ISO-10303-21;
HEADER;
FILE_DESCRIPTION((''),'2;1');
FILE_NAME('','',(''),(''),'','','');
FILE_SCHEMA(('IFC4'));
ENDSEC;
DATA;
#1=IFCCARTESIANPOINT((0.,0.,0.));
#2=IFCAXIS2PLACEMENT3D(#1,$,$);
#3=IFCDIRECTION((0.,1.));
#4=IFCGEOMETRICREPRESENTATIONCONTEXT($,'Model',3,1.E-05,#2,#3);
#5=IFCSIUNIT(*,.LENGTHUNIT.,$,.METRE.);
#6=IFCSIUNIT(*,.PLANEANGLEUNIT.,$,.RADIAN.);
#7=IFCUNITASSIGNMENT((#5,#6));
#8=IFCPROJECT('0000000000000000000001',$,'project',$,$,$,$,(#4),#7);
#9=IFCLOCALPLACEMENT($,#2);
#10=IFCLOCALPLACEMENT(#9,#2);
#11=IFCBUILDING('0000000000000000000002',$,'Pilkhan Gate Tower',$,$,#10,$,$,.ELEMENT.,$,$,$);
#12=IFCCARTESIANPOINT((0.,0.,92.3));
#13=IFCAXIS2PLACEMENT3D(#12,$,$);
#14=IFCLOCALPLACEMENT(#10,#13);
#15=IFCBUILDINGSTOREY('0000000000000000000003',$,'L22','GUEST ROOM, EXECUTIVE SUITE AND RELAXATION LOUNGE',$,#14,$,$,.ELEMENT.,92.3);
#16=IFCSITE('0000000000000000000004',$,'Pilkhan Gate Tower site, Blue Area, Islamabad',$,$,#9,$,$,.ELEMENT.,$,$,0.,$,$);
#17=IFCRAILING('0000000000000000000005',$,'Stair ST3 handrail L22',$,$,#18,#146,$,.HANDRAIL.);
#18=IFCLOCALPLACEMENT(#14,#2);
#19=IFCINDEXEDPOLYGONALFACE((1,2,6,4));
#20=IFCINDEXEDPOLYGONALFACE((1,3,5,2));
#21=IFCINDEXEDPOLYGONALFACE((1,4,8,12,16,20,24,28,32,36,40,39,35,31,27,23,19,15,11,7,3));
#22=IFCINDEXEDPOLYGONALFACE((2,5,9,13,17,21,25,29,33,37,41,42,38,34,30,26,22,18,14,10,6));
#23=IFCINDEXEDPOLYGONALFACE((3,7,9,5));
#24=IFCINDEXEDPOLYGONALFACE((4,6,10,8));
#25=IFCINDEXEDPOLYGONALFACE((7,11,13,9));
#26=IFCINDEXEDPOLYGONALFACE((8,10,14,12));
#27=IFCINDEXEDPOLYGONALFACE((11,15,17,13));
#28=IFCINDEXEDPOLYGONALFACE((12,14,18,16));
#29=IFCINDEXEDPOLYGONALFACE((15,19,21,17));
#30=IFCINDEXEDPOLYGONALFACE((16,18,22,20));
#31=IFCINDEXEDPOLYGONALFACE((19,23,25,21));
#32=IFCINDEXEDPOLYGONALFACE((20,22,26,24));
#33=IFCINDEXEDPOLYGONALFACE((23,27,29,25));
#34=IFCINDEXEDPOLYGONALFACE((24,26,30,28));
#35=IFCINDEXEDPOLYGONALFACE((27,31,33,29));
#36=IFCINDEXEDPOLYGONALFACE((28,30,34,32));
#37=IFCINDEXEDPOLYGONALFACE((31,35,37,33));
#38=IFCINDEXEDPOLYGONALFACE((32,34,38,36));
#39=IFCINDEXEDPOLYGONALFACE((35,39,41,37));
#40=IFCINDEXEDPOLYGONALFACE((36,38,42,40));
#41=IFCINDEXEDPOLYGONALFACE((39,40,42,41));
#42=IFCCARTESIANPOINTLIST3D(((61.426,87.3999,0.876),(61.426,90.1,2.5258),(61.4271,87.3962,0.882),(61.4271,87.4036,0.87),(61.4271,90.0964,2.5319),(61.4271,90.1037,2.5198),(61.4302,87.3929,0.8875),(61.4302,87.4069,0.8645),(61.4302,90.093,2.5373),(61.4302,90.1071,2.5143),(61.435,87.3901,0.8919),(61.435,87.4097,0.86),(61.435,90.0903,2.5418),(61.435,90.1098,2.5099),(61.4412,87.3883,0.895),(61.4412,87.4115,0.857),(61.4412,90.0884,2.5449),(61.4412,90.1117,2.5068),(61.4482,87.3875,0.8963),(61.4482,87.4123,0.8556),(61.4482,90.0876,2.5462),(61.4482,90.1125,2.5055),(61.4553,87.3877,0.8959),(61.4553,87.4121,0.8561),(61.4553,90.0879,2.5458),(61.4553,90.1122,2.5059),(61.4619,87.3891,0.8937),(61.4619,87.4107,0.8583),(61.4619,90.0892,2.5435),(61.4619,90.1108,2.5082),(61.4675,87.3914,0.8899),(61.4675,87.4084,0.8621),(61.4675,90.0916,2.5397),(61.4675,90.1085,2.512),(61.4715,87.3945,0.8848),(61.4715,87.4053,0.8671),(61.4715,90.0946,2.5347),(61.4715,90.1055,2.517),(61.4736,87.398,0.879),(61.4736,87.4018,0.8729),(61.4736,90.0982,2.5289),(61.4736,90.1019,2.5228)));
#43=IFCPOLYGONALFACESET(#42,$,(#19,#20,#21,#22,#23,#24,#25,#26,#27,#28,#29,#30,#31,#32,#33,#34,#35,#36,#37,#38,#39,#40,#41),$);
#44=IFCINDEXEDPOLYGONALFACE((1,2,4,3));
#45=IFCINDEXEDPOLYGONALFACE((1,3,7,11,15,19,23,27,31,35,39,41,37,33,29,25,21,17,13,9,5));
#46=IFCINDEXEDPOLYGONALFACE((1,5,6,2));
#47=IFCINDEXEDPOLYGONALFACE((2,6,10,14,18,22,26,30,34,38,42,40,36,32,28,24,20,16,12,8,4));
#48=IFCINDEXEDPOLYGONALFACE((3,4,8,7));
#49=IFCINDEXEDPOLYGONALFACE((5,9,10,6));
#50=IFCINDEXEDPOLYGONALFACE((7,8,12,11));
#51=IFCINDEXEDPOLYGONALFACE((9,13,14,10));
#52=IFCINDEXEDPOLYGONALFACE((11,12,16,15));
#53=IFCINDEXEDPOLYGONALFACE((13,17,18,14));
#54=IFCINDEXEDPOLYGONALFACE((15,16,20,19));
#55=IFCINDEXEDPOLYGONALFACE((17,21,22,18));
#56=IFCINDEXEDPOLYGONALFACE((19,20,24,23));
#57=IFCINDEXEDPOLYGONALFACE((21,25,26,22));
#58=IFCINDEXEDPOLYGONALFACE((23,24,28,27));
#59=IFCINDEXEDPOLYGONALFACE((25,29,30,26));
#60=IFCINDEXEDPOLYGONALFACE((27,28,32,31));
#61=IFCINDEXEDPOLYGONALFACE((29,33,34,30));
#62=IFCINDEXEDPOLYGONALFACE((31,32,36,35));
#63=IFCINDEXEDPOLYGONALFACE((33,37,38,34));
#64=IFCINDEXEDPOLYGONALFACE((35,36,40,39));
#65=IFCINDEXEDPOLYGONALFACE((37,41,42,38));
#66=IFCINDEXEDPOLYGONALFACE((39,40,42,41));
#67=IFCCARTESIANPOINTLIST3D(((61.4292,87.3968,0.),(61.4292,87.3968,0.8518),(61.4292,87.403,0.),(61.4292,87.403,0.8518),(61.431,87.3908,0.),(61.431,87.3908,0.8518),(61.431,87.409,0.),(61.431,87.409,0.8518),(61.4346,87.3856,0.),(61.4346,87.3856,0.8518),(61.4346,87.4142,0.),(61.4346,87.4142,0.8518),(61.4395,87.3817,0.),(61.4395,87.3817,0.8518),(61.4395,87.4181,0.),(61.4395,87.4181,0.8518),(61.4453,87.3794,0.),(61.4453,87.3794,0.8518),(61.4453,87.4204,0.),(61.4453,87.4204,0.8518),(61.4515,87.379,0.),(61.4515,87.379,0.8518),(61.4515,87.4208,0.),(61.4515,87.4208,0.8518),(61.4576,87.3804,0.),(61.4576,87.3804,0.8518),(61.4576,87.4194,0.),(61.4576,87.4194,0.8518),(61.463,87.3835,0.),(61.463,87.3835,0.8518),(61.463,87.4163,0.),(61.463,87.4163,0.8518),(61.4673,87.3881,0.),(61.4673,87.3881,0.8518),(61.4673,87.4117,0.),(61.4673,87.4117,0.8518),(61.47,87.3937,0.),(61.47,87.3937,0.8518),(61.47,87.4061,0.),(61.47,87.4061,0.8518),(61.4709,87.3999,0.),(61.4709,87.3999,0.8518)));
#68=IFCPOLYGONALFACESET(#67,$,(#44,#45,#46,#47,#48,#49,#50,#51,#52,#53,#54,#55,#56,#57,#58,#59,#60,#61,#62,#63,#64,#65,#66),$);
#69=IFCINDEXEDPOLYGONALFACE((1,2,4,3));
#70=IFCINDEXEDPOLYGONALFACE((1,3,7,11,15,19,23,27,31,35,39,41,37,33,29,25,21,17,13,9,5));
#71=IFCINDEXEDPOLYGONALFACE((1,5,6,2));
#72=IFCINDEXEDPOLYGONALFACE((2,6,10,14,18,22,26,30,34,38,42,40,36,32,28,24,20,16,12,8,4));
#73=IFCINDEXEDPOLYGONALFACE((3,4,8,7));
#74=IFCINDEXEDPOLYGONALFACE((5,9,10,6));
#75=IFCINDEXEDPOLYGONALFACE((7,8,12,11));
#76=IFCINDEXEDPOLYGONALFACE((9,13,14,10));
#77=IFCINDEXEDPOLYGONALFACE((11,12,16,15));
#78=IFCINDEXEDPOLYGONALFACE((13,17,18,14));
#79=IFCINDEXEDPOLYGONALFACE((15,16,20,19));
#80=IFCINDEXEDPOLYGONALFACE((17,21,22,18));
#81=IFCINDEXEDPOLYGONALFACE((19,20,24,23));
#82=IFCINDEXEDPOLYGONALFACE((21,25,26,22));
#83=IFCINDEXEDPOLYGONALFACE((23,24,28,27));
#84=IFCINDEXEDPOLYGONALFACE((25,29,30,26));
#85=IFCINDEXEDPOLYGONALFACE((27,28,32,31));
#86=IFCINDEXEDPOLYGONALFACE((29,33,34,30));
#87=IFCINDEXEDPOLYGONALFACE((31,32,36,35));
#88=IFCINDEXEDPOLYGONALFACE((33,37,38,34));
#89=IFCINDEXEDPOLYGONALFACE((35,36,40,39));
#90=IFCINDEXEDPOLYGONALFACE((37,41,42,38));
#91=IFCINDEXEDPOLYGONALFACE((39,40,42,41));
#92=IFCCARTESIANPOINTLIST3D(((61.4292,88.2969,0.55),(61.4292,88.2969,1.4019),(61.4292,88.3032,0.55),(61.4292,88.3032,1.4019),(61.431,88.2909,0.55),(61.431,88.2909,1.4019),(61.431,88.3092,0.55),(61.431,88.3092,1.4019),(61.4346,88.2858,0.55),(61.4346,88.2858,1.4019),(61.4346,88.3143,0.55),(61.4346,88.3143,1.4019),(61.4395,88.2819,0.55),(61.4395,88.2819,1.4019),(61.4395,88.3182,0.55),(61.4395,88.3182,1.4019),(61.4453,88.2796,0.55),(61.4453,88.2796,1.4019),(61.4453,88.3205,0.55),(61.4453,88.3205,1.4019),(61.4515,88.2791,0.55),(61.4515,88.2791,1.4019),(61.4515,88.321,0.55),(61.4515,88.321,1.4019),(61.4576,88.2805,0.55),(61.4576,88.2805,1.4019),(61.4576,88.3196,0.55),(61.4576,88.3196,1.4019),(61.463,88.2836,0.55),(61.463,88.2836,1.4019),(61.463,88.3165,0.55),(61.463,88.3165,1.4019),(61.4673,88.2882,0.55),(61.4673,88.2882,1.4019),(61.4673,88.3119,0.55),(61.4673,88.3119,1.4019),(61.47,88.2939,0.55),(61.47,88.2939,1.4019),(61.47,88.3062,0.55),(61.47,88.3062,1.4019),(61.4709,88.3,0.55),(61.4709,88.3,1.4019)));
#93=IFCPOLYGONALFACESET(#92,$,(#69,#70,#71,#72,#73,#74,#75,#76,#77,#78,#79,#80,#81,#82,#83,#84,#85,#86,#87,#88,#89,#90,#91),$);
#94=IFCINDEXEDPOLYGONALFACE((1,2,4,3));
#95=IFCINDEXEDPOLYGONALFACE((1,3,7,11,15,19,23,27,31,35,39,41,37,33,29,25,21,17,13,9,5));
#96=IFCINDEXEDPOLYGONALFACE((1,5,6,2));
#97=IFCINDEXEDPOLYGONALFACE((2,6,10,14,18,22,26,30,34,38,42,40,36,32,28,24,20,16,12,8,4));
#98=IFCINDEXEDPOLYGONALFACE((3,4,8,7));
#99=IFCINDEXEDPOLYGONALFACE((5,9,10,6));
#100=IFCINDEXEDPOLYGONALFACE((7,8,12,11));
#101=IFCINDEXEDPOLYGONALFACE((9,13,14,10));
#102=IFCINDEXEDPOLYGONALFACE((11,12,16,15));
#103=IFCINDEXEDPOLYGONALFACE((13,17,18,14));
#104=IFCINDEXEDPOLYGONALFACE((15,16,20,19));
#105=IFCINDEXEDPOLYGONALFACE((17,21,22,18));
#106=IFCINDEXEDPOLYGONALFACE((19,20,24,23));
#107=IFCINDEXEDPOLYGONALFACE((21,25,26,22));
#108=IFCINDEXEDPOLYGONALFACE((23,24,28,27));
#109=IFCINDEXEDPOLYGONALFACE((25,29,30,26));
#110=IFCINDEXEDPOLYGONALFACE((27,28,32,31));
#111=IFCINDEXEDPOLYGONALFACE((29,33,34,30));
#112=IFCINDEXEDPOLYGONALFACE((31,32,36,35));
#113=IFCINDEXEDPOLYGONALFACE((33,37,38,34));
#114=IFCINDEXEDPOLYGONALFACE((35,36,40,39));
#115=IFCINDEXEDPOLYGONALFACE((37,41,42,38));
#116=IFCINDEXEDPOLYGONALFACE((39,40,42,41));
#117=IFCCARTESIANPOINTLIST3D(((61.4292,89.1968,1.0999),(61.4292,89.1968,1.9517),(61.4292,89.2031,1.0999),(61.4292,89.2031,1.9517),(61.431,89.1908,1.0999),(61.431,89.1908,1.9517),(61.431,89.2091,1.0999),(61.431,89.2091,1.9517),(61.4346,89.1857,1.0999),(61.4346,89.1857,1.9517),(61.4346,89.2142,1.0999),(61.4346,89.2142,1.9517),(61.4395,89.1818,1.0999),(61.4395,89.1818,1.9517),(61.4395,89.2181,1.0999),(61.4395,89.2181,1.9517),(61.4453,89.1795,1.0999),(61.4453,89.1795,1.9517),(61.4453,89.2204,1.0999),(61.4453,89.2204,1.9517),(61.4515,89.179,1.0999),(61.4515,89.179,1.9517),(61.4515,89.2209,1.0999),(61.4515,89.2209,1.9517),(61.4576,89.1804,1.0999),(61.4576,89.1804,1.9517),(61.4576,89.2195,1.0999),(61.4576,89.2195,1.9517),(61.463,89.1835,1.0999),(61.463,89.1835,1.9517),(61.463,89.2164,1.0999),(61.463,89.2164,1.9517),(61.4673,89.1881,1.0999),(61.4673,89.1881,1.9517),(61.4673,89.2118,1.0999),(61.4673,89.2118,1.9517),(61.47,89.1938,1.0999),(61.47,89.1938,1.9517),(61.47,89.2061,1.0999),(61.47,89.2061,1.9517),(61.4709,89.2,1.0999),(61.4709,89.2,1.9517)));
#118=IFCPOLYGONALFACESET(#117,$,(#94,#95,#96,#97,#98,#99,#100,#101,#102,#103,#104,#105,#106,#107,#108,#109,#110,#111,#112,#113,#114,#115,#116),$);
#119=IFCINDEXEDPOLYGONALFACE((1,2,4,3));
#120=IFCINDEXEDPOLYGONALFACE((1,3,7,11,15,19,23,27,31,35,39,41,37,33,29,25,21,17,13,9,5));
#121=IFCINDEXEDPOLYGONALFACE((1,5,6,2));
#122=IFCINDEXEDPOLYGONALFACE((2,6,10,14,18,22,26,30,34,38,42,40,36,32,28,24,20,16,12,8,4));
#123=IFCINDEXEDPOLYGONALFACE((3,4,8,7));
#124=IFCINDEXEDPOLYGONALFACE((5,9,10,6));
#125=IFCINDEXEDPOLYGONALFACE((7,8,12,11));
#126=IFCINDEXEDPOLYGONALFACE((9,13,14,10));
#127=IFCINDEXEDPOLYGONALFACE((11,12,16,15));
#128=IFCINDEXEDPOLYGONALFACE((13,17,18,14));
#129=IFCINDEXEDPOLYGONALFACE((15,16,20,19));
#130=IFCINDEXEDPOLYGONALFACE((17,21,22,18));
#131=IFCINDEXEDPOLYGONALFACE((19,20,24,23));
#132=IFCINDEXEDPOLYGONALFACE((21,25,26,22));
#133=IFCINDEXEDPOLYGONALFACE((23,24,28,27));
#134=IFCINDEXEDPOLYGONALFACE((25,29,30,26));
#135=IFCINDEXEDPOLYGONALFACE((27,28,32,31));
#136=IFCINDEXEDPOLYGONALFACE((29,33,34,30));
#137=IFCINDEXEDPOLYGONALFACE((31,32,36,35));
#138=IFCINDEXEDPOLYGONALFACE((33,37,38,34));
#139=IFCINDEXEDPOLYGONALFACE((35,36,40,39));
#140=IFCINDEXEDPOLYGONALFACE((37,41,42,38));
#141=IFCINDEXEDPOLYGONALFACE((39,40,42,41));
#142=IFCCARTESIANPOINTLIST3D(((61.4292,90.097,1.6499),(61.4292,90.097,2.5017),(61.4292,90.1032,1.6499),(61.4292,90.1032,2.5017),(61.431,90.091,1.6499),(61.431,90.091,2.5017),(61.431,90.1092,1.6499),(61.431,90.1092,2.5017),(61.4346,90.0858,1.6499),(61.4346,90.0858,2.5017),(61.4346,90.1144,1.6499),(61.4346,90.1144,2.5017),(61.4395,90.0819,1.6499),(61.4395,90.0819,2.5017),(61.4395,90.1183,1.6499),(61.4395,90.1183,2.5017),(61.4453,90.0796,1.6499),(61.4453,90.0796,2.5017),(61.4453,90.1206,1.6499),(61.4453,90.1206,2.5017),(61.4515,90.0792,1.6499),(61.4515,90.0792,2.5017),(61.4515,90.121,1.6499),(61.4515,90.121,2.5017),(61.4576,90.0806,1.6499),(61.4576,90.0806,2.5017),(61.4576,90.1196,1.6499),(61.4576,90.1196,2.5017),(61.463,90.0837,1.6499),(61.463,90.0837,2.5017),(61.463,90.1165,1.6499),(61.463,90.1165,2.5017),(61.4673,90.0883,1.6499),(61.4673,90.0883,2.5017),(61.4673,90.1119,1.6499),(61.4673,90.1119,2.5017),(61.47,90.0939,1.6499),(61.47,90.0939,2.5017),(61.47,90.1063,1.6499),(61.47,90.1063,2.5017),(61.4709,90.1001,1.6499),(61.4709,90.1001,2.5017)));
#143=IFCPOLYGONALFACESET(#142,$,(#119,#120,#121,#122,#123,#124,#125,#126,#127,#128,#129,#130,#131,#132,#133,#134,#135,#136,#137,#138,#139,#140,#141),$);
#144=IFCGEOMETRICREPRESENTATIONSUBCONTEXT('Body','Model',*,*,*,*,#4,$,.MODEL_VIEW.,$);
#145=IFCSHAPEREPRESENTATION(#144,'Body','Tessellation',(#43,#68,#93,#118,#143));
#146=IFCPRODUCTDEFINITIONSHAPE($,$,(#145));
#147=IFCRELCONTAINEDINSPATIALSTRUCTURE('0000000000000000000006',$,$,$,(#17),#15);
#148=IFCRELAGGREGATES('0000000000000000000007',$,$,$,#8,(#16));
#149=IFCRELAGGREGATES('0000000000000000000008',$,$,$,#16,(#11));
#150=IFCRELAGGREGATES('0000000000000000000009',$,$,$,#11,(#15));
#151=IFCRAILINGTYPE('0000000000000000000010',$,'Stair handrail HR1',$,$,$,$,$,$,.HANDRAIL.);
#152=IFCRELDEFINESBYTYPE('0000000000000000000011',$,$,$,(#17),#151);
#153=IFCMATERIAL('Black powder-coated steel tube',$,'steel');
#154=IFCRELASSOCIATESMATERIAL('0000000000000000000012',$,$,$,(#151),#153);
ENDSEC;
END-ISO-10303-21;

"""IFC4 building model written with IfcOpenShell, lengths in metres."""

from ifc_helpers import new_model, si_unit, direction, frame, origin, origin_2d, place, context, subcontext, project, spatial, circle, extrude, material, type_object, element, save


model = new_model("IFC4")

# Units and contexts
model_context = context("Model", 3, precision=1e-05, world=origin(), true_north=direction((0.0, 1.0)))
body_context = subcontext(model_context, "Body", "Model", "MODEL_VIEW")
ifc_project = project(units=[si_unit("LENGTHUNIT", "METRE"), si_unit("PLANEANGLEUNIT", "RADIAN")], contexts=[model_context])

# Site, building, storey
site_placement = place(None, origin())
site = spatial("IfcSite", under=ifc_project, at=site_placement, Name="Pilkhan Gate Tower site, Blue Area, Islamabad", CompositionType="ELEMENT", RefElevation=0.0)
building_placement = place(site_placement, origin())
building = spatial("IfcBuilding", under=site, at=building_placement, Name="Pilkhan Gate Tower", CompositionType="ELEMENT")
storey_placement = place(building_placement, frame((0.0, 0.0, 92.3)))
storey = spatial("IfcBuildingStorey", under=building, at=storey_placement, Name="L22", Description="GUEST ROOM, EXECUTIVE SUITE AND RELAXATION LOUNGE", CompositionType="ELEMENT", Elevation=92.3)

# Railing
ifc_material_1 = material(Name="Black powder-coated steel tube", Category="steel")
railing_type = type_object("IfcRailingType", Name="Stair handrail HR1", PredefinedType="HANDRAIL", material=ifc_material_1)
railing_1_placement = place(storey_placement, frame((61.45, 87.3999, 0.0)))
element("IfcRailing", 1, at=railing_1_placement, inside=storey, type_object=railing_type, Name="Stair ST3 handrail L22", PredefinedType="HANDRAIL", context=body_context, shape_type="SweptSolid", body=[
    extrude(circle(Radius=0.0239, at=origin_2d()), frame((0.0, 0.0, 0.876), z_axis=(0.0, 0.853312, 0.5214), x_axis=(-1.0, 0.0, 0.0)), (0.0, 0.0, 1.0), 3.1643),
    extrude(circle(Radius=0.021, at=origin_2d()), origin(), (0.0, 0.0, 1.0), 0.8518),
    extrude(circle(Radius=0.021, at=origin_2d()), frame((0.0, 0.9001, 0.55)), (0.0, 0.0, 1.0), 0.8518),
    extrude(circle(Radius=0.021, at=origin_2d()), frame((0.0, 1.8, 1.0999)), (0.0, 0.0, 1.0), 0.8518),
    extrude(circle(Radius=0.021, at=origin_2d()), frame((0.0, 2.7002, 1.6499)), (0.0, 0.0, 1.0), 0.8518),
])

save(model, "model.ifc")
